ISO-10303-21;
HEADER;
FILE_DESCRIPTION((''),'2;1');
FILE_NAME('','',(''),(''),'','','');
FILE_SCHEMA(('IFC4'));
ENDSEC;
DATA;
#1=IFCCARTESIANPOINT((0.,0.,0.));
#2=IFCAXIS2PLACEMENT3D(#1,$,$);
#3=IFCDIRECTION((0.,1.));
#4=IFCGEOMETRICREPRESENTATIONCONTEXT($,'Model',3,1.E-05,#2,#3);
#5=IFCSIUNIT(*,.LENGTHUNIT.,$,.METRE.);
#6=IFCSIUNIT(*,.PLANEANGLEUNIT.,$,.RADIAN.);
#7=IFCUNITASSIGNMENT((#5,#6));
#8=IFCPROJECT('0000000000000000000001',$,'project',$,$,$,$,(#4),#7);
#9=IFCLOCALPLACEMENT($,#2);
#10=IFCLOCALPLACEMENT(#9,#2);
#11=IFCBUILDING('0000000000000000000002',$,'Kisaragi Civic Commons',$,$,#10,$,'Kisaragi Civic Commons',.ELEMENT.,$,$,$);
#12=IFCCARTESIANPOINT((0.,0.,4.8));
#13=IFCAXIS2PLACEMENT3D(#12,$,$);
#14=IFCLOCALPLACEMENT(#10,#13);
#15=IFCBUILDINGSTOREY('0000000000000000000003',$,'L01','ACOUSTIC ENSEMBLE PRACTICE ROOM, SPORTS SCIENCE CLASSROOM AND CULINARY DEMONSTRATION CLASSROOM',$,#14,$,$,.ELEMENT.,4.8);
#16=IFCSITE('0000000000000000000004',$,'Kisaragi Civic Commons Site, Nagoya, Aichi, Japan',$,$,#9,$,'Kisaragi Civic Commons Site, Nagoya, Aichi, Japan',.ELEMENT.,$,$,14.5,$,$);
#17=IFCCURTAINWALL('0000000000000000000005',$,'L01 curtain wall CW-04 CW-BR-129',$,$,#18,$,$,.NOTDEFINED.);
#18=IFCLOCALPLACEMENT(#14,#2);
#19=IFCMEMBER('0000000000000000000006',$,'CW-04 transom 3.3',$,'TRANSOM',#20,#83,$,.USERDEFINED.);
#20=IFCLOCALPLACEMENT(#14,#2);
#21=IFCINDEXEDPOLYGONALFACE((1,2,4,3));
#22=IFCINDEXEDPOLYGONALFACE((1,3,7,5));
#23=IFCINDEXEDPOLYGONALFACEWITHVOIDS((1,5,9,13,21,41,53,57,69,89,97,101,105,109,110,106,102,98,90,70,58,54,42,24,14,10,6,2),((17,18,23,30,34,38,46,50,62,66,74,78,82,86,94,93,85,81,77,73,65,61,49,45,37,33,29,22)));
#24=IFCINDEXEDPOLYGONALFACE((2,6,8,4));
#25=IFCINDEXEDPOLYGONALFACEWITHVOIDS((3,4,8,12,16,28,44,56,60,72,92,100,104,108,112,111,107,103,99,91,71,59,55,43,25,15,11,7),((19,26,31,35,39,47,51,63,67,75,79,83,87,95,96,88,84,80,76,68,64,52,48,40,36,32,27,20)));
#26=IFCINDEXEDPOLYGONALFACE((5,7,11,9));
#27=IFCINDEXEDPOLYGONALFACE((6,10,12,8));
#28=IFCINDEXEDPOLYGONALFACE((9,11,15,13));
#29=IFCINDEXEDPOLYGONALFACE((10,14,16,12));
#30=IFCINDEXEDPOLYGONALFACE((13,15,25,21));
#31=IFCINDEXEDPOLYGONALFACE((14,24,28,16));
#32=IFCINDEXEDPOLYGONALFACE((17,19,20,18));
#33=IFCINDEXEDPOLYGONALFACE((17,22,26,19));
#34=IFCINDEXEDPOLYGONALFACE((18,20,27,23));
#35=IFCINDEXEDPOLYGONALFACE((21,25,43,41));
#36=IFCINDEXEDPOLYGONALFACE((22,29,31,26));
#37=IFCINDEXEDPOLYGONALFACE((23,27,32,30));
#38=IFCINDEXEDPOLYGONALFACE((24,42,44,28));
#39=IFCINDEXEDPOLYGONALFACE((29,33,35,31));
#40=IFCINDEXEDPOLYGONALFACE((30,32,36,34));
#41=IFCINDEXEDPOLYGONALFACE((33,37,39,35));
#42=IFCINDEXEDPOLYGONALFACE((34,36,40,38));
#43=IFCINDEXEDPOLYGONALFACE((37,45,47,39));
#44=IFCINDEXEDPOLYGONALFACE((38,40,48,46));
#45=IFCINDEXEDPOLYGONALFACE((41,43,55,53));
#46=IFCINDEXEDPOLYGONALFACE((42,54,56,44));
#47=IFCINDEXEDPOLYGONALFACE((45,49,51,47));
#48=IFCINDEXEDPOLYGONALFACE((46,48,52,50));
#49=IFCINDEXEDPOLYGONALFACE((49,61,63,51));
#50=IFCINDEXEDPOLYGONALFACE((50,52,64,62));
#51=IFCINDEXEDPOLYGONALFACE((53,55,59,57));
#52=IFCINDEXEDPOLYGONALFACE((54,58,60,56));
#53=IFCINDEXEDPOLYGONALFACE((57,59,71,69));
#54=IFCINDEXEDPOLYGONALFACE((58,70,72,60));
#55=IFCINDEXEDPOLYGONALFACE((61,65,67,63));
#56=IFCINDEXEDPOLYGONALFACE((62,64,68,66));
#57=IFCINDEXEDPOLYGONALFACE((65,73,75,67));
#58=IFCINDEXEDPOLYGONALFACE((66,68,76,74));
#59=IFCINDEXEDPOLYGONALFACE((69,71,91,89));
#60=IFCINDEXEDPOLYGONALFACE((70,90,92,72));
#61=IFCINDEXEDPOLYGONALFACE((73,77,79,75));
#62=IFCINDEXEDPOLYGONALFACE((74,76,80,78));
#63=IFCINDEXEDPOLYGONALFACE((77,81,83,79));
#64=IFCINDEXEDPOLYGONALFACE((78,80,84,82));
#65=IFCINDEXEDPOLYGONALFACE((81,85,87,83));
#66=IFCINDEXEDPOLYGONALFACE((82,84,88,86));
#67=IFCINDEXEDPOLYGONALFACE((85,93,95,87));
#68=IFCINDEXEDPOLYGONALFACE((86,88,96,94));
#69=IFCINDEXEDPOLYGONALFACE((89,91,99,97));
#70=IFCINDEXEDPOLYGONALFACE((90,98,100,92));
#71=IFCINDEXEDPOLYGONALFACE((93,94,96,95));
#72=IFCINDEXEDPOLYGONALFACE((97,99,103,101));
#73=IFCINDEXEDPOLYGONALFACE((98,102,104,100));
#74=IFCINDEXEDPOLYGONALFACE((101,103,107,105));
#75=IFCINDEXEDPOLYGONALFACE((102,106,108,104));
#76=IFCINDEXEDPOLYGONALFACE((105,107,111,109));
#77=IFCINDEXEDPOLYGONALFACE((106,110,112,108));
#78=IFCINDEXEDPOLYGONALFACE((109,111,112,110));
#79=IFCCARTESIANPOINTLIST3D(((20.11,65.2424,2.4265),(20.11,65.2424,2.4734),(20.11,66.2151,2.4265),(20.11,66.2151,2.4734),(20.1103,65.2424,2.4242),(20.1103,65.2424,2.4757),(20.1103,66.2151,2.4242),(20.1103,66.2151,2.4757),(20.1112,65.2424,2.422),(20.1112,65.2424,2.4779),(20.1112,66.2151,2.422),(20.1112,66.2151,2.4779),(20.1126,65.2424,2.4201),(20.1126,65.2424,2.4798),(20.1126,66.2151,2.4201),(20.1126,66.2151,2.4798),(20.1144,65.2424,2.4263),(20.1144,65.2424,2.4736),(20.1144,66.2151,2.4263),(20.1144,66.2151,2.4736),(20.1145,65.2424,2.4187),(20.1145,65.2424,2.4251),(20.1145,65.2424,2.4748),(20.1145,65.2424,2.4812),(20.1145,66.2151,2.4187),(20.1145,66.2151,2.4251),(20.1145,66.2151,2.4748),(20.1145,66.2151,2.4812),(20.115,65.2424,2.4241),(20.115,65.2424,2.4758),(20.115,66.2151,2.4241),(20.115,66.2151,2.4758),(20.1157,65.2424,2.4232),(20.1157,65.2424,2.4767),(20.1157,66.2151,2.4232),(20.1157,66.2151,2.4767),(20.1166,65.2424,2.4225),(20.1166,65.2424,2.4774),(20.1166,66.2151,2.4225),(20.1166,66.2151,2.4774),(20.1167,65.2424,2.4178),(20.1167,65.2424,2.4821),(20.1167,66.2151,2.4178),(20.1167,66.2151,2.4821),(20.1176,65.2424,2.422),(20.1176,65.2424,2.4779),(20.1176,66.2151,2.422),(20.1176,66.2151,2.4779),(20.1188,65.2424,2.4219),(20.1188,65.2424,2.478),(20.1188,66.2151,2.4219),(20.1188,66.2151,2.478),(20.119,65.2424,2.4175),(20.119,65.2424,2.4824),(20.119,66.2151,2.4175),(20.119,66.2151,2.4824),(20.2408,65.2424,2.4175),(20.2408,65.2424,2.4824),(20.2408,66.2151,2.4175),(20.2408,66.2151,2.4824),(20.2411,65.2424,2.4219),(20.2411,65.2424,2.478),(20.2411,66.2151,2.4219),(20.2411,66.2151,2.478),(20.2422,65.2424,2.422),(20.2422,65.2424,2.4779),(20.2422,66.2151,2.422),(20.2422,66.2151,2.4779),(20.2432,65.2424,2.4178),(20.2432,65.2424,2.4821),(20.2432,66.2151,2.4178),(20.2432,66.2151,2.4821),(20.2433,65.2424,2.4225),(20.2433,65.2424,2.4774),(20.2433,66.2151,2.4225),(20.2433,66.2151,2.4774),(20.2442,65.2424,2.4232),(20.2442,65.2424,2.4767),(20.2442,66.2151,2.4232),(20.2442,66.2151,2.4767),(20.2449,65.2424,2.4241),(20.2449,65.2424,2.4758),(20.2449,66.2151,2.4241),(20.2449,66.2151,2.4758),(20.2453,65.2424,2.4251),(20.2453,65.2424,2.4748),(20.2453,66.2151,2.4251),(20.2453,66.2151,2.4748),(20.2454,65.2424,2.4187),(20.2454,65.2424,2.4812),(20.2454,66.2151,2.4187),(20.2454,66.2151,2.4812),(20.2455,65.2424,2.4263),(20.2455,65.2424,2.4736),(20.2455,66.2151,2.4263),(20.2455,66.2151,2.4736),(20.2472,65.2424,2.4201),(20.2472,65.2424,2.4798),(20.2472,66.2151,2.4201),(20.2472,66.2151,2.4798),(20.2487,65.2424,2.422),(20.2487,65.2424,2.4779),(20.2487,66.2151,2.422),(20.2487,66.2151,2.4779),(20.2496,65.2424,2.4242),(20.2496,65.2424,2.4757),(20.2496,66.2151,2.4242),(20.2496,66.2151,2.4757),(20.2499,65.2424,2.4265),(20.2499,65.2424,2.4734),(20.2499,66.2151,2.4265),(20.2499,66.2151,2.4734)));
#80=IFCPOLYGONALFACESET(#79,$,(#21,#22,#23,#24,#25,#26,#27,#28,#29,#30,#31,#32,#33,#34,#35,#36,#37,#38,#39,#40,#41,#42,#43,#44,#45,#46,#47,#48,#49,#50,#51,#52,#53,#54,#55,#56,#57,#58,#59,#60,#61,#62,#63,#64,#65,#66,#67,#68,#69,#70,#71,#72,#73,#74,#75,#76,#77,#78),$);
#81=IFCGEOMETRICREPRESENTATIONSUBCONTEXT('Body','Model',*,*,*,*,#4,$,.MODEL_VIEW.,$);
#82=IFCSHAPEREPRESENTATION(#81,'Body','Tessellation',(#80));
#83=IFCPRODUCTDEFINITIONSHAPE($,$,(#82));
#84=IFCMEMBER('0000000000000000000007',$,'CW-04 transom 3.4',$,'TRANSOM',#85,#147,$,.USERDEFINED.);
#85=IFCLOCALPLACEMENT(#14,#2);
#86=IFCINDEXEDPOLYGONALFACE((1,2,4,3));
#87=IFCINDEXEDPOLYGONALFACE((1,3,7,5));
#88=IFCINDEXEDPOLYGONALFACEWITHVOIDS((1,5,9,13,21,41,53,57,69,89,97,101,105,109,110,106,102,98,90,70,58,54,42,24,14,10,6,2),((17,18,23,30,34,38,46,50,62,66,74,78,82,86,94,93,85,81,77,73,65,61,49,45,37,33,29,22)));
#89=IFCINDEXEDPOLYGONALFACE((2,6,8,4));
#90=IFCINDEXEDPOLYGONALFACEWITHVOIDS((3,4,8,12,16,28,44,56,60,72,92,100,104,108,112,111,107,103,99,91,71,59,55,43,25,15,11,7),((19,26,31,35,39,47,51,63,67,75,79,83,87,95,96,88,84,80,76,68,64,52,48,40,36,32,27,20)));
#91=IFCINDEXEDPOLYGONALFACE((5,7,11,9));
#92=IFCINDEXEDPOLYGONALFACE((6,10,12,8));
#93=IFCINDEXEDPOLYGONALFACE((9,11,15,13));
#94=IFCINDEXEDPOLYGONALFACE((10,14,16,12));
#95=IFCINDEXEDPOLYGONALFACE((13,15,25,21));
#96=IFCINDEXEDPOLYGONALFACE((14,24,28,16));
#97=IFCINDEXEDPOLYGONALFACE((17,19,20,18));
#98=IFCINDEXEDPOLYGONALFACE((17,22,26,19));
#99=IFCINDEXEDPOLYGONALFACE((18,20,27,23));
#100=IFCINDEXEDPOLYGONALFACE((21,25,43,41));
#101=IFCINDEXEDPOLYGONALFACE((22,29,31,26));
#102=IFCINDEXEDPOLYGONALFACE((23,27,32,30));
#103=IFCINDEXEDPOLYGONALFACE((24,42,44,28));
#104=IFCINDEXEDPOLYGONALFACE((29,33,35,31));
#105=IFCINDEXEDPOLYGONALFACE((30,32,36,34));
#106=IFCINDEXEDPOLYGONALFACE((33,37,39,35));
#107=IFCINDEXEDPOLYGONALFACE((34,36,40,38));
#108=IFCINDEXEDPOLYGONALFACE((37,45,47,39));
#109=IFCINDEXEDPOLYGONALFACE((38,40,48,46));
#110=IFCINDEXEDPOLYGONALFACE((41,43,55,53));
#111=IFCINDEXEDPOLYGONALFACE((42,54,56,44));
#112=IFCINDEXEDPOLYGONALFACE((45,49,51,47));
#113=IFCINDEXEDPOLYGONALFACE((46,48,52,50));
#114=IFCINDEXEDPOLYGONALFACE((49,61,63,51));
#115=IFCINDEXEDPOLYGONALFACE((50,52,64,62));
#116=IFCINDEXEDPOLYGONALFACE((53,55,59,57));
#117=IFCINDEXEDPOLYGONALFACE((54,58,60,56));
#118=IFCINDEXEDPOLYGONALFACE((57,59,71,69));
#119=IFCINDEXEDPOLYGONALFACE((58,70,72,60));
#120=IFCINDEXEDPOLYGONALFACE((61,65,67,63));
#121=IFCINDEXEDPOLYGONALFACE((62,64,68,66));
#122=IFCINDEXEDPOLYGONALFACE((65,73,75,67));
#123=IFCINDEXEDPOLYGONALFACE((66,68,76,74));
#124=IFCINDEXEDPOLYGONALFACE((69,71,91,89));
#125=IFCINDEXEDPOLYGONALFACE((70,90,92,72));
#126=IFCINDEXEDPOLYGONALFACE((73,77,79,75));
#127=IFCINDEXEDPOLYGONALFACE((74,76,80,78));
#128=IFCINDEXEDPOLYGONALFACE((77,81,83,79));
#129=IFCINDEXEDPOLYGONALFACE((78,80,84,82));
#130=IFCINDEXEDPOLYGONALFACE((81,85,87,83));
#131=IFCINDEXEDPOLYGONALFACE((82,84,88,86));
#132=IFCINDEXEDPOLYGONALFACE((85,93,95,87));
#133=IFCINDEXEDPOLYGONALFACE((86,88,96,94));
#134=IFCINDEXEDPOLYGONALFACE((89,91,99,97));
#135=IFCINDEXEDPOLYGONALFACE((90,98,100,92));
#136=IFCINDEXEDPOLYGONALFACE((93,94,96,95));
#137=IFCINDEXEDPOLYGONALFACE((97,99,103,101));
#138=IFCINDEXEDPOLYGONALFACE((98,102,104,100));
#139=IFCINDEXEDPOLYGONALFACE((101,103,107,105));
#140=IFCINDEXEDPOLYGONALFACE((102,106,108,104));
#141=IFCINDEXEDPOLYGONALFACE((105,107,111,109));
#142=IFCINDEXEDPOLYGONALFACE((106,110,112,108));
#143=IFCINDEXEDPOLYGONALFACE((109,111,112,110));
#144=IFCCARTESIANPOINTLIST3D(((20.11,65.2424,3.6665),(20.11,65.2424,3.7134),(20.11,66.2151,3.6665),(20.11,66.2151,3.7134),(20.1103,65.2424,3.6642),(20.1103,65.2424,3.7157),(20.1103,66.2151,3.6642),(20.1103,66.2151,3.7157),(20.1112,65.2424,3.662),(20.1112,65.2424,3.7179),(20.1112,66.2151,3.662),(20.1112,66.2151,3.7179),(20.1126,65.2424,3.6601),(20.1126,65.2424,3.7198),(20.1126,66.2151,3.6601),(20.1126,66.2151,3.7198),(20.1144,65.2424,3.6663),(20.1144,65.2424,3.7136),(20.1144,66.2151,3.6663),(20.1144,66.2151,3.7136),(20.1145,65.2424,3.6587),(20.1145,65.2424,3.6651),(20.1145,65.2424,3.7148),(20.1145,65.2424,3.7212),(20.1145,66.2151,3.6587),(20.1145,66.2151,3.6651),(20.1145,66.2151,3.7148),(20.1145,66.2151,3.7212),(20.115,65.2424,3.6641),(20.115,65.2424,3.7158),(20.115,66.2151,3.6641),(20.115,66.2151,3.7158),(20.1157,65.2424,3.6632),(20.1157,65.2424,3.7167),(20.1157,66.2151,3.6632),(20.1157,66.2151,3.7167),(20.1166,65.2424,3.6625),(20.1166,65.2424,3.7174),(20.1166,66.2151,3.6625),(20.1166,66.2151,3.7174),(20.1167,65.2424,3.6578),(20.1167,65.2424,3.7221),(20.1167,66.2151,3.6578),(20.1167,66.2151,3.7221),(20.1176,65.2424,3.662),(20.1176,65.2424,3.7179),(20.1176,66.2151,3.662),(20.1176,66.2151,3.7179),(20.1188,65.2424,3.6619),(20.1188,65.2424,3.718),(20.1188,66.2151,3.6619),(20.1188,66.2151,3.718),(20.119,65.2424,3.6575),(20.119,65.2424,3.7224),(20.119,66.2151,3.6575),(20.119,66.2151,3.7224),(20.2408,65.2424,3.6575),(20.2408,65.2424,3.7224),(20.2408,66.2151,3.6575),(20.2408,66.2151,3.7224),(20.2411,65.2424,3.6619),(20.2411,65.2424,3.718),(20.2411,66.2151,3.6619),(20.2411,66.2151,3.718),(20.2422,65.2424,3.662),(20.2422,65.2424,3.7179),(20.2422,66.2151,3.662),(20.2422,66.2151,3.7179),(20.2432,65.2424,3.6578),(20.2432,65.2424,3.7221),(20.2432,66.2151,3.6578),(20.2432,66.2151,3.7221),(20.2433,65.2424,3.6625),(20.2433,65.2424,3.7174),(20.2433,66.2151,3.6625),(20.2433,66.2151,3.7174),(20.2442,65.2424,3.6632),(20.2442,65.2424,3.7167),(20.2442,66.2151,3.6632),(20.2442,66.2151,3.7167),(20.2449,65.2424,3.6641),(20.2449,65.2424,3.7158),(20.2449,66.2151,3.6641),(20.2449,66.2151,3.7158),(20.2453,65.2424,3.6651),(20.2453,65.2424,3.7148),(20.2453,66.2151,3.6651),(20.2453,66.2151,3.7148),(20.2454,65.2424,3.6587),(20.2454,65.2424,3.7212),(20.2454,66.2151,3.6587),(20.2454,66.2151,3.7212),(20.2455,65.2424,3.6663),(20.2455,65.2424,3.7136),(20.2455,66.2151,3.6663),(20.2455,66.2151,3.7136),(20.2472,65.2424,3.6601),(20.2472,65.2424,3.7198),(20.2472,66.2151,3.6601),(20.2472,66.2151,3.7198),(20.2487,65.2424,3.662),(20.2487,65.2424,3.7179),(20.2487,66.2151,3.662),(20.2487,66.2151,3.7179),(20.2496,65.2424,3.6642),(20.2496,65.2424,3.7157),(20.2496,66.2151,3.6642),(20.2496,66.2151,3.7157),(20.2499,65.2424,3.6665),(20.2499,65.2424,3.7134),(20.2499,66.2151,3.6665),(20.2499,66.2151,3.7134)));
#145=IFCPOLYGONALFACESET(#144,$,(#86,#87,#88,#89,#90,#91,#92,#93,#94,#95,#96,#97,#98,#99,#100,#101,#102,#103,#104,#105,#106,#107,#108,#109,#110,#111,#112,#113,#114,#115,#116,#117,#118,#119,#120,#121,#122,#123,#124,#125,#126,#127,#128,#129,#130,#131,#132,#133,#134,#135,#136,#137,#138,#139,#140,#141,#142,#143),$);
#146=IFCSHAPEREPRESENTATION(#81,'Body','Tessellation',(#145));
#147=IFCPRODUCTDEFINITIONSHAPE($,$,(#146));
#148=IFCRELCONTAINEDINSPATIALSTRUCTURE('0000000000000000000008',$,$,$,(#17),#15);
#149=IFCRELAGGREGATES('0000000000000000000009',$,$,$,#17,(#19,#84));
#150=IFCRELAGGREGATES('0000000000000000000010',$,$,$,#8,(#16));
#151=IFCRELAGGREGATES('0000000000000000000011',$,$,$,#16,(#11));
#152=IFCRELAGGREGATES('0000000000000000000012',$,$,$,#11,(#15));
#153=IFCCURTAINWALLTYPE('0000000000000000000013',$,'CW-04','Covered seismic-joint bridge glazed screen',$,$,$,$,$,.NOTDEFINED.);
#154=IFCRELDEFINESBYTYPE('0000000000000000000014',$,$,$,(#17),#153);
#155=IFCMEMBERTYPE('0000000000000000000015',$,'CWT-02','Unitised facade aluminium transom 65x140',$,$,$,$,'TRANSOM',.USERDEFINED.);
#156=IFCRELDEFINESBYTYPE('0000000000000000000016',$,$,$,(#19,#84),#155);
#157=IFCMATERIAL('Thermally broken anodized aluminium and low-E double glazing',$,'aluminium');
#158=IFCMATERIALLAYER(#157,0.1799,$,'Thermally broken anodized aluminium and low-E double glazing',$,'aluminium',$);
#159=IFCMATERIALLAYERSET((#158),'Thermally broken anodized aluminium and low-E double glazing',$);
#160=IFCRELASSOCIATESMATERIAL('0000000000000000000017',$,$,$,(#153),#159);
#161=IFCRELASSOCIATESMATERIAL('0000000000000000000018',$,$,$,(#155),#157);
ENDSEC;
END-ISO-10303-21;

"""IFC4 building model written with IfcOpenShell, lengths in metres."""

from ifc_helpers import new_model, si_unit, direction, frame, origin, origin_2d, place, context, subcontext, project, spatial, hollow_rectangle, extrude, material, layer, layer_set, material_profile, profile_set, type_object, element, aggregate, save


model = new_model("IFC4")

# Units and contexts
model_context = context("Model", 3, precision=1e-05, world=origin(), true_north=direction((0.0, 1.0)))
body_context = subcontext(model_context, "Body", "Model", "MODEL_VIEW")
ifc_project = project(units=[si_unit("LENGTHUNIT", "METRE"), si_unit("PLANEANGLEUNIT", "RADIAN")], contexts=[model_context])

# Site, building, storey
site_placement = place(None, origin())
site = spatial("IfcSite", under=ifc_project, at=site_placement, Name="Kisaragi Civic Commons Site, Nagoya, Aichi, Japan", LongName="Kisaragi Civic Commons Site, Nagoya, Aichi, Japan", CompositionType="ELEMENT", RefElevation=14.5)
building_placement = place(site_placement, origin())
building = spatial("IfcBuilding", under=site, at=building_placement, Name="Kisaragi Civic Commons", LongName="Kisaragi Civic Commons", CompositionType="ELEMENT")
storey_placement = place(building_placement, frame((0.0, 0.0, 4.8)))
storey = spatial("IfcBuildingStorey", under=building, at=storey_placement, Name="L01", Description="ACOUSTIC ENSEMBLE PRACTICE ROOM, SPORTS SCIENCE CLASSROOM AND CULINARY DEMONSTRATION CLASSROOM", CompositionType="ELEMENT", Elevation=4.8)

# Curtain wall
ifc_material_1 = material(Name="Thermally broken anodized aluminium and low-E double glazing", Category="aluminium")
ifc_layer_1 = layer(ifc_material_1, 0.1799, Name="Thermally broken anodized aluminium and low-E double glazing", Category="aluminium")
ifc_layer_set_1 = layer_set([ifc_layer_1], Name="Thermally broken anodized aluminium and low-E double glazing")
curtain_wall_type = type_object("IfcCurtainWallType", Name="CW-04", Description="Covered seismic-joint bridge glazed screen", PredefinedType="NOTDEFINED", material=ifc_layer_set_1)
curtain_wall_1_placement = place(storey_placement, origin())
curtain_wall_1 = element("IfcCurtainWall", 1, at=curtain_wall_1_placement, inside=storey, type_object=curtain_wall_type, Name="L01 curtain wall CW-04 CW-BR-129", PredefinedType="NOTDEFINED")

# Members
ifc_material_profile_1 = material_profile(ifc_material_1, hollow_rectangle(XDim=0.1399, YDim=0.0649, WallThickness=0.0044, InnerFilletRadius=0.0044, OuterFilletRadius=0.009, at=origin_2d()), Name="CWT-65x140x4.5", Category="aluminium")
ifc_profile_set_1 = profile_set([ifc_material_profile_1], Name="Thermally broken anodized aluminium and low-E double glazing")
member_type_1 = type_object("IfcMemberType", Name="CWT-02", Description="Unitised facade aluminium transom 65x140", ElementType="TRANSOM", PredefinedType="USERDEFINED", material=ifc_profile_set_1)
member_1_placement = place(storey_placement, frame((20.1799, 65.2424, 2.45), z_axis=(0.0, 1.0, 0.0), x_axis=(-1.0, 0.0, 0.0)))
member_1 = element("IfcMember", 2, at=member_1_placement, type_object=member_type_1, Name="CW-04 transom 3.3", ObjectType="TRANSOM", PredefinedType="USERDEFINED", context=body_context, shape_type="SweptSolid", body=[
    extrude(hollow_rectangle(XDim=0.1399, YDim=0.0649, WallThickness=0.0044, InnerFilletRadius=0.0044, OuterFilletRadius=0.009, at=origin_2d()), origin(), (0.0, 0.0, 1.0), 0.9727),
])
member_2_placement = place(storey_placement, frame((20.1799, 65.2424, 3.6899), z_axis=(0.0, 1.0, 0.0), x_axis=(-1.0, 0.0, 0.0)))
member_2 = element("IfcMember", 3, at=member_2_placement, type_object=member_type_1, Name="CW-04 transom 3.4", ObjectType="TRANSOM", PredefinedType="USERDEFINED", context=body_context, shape_type="SweptSolid", body=[
    extrude(hollow_rectangle(XDim=0.1399, YDim=0.0649, WallThickness=0.0044, InnerFilletRadius=0.0044, OuterFilletRadius=0.009, at=origin_2d()), origin(), (0.0, 0.0, 1.0), 0.9727),
])

aggregate(curtain_wall_1, [member_1, member_2])

save(model, "model.ifc")
